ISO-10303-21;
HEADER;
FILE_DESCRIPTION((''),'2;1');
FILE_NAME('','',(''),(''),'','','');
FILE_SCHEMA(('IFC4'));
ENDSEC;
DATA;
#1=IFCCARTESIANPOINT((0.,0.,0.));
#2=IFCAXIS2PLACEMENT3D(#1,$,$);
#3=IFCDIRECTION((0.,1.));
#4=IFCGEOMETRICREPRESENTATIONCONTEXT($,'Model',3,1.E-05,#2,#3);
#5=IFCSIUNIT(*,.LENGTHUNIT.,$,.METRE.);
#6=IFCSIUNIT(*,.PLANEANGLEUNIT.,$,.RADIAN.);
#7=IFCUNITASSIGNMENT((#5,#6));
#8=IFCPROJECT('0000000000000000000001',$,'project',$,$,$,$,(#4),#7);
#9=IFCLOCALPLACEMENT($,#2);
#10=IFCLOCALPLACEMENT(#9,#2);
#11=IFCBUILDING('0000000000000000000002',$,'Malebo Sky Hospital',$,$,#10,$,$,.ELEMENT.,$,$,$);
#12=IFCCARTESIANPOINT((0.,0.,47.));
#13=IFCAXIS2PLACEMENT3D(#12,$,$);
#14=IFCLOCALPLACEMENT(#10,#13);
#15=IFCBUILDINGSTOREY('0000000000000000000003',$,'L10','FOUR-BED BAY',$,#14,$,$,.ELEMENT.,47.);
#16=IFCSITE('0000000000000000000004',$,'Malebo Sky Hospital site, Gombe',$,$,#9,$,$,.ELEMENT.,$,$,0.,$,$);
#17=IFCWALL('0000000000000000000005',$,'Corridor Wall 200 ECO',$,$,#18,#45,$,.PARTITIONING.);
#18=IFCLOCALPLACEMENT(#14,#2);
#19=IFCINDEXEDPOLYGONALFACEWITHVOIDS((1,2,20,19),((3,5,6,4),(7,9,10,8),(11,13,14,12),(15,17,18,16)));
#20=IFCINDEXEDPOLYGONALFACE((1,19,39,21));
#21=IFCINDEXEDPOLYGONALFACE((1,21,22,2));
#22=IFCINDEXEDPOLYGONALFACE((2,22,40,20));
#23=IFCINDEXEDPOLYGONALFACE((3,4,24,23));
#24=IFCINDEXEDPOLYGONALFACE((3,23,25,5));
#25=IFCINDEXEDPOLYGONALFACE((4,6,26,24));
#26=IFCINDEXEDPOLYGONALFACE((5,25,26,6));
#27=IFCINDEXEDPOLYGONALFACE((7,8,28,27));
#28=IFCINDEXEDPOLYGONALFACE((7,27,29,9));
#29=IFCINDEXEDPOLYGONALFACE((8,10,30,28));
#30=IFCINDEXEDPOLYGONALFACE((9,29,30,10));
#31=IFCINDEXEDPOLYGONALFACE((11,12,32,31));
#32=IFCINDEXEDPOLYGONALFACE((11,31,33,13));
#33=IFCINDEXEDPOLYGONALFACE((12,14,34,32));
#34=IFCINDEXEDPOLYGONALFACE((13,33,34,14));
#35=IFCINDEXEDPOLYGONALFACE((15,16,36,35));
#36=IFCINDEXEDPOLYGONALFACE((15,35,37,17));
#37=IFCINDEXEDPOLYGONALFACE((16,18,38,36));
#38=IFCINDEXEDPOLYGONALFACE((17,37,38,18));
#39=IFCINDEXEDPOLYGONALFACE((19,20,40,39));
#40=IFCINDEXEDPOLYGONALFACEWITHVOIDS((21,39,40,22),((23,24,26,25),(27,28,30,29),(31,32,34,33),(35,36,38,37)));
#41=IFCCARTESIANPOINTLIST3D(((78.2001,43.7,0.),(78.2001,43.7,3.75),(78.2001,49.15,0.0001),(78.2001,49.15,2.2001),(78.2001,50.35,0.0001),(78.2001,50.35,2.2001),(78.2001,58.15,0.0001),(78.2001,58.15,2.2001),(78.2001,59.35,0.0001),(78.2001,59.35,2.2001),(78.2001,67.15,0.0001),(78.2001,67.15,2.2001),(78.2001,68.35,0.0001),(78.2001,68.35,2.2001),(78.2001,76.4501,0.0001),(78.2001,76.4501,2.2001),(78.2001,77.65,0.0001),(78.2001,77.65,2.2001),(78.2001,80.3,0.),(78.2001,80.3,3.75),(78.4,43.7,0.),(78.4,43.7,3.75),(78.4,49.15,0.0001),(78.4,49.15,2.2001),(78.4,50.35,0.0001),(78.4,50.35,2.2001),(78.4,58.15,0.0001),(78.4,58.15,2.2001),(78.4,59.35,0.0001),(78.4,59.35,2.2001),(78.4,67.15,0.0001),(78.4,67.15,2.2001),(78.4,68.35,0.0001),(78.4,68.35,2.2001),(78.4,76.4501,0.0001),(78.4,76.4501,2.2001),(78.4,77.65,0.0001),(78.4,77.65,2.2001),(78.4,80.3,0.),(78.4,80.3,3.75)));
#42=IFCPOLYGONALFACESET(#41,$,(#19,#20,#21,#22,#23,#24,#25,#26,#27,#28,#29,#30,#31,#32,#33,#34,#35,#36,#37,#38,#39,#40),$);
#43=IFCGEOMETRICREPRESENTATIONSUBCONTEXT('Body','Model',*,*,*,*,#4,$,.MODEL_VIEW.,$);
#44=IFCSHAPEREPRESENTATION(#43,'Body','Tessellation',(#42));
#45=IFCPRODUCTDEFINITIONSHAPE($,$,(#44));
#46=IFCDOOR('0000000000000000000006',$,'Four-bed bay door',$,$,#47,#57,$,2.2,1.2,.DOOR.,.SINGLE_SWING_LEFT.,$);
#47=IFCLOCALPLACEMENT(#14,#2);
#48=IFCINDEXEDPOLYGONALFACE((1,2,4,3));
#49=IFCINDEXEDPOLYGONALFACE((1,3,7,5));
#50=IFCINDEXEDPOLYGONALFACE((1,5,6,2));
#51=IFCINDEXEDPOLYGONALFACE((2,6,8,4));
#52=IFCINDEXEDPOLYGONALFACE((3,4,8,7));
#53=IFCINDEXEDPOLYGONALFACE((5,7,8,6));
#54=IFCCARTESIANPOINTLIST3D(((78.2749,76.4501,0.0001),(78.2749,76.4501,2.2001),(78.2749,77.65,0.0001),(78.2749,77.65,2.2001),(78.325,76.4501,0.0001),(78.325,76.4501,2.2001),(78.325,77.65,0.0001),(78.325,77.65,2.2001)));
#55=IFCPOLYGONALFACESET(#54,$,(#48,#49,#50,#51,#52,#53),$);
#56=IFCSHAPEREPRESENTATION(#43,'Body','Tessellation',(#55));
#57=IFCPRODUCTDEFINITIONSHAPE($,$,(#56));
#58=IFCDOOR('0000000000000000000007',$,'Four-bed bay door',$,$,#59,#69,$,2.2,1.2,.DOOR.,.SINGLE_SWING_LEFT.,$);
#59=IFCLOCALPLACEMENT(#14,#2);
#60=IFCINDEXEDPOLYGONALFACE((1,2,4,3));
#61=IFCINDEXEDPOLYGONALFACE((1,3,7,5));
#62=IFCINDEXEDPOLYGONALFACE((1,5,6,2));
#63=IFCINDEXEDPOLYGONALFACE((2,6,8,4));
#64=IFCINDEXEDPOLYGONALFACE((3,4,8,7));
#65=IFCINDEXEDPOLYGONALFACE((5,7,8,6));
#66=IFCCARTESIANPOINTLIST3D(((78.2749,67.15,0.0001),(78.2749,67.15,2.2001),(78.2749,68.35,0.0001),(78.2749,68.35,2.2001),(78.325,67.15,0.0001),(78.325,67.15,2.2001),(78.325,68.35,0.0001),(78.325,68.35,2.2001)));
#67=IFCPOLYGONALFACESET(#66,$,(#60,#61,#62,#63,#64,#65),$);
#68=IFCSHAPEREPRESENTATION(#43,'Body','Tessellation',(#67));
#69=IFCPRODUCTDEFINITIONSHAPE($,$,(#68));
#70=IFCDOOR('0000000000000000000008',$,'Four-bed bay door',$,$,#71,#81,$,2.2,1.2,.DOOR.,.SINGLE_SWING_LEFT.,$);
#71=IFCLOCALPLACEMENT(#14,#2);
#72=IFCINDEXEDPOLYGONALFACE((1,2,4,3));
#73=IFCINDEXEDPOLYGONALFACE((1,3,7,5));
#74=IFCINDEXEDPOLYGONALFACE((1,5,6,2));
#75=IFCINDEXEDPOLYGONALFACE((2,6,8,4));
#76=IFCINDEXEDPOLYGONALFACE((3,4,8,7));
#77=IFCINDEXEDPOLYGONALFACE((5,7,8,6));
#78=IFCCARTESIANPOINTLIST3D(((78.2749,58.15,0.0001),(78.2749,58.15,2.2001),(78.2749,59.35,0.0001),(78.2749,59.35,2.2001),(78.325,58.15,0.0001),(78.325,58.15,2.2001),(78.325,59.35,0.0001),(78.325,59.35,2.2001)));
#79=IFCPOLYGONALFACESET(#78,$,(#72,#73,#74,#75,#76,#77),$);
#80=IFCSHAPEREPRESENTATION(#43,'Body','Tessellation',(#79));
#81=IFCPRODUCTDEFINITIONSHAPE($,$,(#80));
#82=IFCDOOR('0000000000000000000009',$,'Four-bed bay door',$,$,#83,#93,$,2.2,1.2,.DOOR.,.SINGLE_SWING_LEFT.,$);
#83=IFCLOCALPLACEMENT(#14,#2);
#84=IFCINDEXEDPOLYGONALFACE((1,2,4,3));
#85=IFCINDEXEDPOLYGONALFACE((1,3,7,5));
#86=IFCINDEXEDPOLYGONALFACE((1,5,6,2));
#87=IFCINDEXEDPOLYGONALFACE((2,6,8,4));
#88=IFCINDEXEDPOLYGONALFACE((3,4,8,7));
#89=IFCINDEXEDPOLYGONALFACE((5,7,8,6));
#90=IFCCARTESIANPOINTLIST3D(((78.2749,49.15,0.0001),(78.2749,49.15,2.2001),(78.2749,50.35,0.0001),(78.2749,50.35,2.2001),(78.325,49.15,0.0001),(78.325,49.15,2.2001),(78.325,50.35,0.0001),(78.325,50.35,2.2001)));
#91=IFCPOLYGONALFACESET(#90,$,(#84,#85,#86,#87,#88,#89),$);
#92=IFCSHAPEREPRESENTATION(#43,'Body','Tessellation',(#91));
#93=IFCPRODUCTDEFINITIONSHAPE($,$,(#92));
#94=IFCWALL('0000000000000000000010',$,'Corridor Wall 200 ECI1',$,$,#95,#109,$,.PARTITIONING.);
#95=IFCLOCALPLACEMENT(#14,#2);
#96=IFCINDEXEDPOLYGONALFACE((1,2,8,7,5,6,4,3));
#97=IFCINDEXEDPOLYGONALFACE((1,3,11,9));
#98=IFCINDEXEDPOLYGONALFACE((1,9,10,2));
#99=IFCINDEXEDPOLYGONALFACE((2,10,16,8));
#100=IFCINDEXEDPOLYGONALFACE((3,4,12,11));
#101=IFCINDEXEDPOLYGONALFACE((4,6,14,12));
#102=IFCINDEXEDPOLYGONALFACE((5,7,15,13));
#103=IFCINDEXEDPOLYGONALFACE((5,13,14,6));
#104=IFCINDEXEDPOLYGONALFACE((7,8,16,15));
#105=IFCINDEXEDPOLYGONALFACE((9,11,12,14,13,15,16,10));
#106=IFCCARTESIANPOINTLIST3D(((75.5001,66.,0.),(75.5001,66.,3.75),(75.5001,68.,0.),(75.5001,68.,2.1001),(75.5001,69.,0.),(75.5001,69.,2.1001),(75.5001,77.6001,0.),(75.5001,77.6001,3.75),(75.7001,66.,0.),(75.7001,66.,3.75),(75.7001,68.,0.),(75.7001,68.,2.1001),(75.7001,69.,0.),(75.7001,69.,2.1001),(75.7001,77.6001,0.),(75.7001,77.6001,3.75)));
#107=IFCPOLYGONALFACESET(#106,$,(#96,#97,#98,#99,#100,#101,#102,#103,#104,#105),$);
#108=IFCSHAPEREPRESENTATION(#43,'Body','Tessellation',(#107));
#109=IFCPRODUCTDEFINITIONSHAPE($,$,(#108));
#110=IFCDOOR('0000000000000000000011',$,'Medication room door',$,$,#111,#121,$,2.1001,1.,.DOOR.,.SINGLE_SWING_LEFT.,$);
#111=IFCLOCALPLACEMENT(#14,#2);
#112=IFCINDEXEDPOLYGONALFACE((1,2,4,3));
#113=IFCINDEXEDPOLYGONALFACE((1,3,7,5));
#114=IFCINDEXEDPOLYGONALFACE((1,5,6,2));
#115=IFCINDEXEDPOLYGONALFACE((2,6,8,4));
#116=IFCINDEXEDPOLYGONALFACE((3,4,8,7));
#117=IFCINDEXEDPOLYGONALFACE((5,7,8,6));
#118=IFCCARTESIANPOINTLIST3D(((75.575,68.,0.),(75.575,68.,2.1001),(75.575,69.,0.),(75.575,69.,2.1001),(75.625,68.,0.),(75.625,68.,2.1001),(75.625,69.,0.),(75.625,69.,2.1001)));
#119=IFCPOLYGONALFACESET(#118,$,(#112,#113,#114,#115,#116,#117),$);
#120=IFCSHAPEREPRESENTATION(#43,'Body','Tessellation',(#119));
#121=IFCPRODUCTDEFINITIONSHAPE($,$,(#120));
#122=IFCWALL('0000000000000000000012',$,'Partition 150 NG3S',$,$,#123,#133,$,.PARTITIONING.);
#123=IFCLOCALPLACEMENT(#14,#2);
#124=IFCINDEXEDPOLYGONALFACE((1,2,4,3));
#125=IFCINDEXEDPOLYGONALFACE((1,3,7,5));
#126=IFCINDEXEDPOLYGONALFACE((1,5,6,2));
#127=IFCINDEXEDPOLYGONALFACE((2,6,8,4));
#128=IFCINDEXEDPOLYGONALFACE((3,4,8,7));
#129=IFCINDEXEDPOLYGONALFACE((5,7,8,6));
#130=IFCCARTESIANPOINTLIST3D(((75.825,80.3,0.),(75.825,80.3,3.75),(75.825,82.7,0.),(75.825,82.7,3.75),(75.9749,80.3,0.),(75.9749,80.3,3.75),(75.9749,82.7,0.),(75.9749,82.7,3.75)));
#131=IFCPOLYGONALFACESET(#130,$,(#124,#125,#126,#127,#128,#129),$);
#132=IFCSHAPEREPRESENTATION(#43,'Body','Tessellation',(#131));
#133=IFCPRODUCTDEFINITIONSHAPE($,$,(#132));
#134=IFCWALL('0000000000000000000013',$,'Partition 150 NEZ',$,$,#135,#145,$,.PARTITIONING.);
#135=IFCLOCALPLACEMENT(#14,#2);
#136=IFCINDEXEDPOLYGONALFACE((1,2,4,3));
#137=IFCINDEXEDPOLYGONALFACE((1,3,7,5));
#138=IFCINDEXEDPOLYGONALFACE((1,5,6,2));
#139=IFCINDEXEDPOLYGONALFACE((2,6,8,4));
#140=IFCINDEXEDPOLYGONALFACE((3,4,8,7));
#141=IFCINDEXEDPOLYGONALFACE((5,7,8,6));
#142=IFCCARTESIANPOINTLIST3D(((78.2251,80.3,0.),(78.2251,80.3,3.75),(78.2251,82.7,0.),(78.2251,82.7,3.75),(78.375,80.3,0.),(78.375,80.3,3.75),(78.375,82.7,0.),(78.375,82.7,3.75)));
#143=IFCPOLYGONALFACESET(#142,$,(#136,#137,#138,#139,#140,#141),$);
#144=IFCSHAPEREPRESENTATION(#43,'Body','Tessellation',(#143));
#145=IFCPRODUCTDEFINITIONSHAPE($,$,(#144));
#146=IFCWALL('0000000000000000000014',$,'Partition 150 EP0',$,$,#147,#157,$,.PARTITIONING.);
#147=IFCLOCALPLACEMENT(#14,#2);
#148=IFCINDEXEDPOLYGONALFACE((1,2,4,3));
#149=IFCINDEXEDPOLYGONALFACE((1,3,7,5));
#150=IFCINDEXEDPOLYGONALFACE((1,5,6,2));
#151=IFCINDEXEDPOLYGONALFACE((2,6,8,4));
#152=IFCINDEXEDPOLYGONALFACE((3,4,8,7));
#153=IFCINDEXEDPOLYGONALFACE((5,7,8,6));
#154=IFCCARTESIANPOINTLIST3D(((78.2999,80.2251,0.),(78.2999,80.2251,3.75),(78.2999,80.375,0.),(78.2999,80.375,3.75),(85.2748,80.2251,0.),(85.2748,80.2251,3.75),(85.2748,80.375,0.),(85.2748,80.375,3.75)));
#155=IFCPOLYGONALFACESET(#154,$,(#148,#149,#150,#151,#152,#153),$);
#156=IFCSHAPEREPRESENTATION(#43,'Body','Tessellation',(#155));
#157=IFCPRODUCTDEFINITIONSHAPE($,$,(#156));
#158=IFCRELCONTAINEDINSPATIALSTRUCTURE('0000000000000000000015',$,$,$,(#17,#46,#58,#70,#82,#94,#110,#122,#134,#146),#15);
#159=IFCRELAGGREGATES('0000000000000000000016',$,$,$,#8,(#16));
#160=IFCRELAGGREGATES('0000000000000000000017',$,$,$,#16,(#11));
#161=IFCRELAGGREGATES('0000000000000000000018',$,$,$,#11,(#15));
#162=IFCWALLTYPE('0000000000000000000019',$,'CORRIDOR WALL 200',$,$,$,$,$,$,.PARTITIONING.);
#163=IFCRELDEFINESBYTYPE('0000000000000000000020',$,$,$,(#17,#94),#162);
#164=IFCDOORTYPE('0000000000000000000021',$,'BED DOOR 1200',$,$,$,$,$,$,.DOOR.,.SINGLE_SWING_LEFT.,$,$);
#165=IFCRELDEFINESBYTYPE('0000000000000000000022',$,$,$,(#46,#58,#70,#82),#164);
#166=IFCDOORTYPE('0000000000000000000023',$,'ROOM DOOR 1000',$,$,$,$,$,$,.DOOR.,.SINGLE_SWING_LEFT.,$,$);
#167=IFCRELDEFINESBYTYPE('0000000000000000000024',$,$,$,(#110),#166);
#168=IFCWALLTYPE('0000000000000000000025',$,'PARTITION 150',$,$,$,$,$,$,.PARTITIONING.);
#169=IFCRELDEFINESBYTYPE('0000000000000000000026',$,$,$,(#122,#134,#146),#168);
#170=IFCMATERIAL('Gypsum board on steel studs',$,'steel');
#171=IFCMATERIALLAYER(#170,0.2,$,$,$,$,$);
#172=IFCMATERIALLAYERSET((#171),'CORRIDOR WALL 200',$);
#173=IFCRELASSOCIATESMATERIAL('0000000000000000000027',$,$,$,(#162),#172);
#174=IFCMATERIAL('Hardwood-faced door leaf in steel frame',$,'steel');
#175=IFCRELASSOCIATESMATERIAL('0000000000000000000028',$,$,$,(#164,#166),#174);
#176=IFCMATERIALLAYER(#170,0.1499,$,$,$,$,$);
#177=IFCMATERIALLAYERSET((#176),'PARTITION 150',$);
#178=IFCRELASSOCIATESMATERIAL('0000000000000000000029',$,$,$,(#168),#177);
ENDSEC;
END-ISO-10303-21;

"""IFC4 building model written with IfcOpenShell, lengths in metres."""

from ifc_helpers import new_model, si_unit, direction, frame, frame_2d, origin, place, context, subcontext, project, spatial, rectangle, extrude, material, layer, layer_set, type_object, element, fill, save


model = new_model("IFC4")

# Units and contexts
model_context = context("Model", 3, precision=1e-05, world=origin(), true_north=direction((0.0, 1.0)))
body_context = subcontext(model_context, "Body", "Model", "MODEL_VIEW")
ifc_project = project(units=[si_unit("LENGTHUNIT", "METRE"), si_unit("PLANEANGLEUNIT", "RADIAN")], contexts=[model_context])

# Site, building, storey
site_placement = place(None, origin())
site = spatial("IfcSite", under=ifc_project, at=site_placement, Name="Malebo Sky Hospital site, Gombe", CompositionType="ELEMENT", RefElevation=0.0)
building_placement = place(site_placement, origin())
building = spatial("IfcBuilding", under=site, at=building_placement, Name="Malebo Sky Hospital", CompositionType="ELEMENT")
storey_placement = place(building_placement, frame((0.0, 0.0, 47.0)))
storey = spatial("IfcBuildingStorey", under=building, at=storey_placement, Name="L10", Description="FOUR-BED BAY", CompositionType="ELEMENT", Elevation=47.0)

# Wall, openings, doors
ifc_material_1 = material(Name="Gypsum board on steel studs", Category="steel")
ifc_layer_1 = layer(ifc_material_1, 0.2)
ifc_layer_set_1 = layer_set([ifc_layer_1], Name="CORRIDOR WALL 200")
wall_type_1 = type_object("IfcWallType", Name="CORRIDOR WALL 200", PredefinedType="PARTITIONING", material=ifc_layer_set_1)
wall_1_placement = place(storey_placement, frame((78.3, 80.3, 0.0), z_axis=(0.0, 0.0, 1.0), x_axis=(0.0, -1.0, 0.0)))
wall_1 = element("IfcWall", 1, at=wall_1_placement, inside=storey, type_object=wall_type_1, Name="Corridor Wall 200 ECO", PredefinedType="PARTITIONING", context=body_context, shape_type="SweptSolid", body=[
    extrude(rectangle(XDim=36.6001, YDim=0.2, at=frame_2d((18.3, 0.0))), origin(), (0.0, 0.0, 1.0), 3.75),
])
opening_1_placement = place(wall_1_placement, frame((2.6499, 0.0, 0.0)))
opening_1 = element("IfcOpeningElement", 2, at=opening_1_placement, cuts=wall_1, PredefinedType="OPENING", context=body_context, shape_type="SweptSolid", body=[
    extrude(rectangle(XDim=1.2, YDim=2.2, at=frame_2d((0.6001, 1.1001))), frame((0.0, 0.1099, 0.0), z_axis=(0.0, -1.0, 0.0), x_axis=(1.0, 0.0, 0.0)), (0.0, 0.0, 1.0), 0.22),
])
opening_2_placement = place(wall_1_placement, frame((11.95, 0.0, 0.0)))
opening_2 = element("IfcOpeningElement", 3, at=opening_2_placement, cuts=wall_1, PredefinedType="OPENING", context=body_context, shape_type="SweptSolid", body=[
    extrude(rectangle(XDim=1.2, YDim=2.2, at=frame_2d((0.6001, 1.1001))), frame((0.0, 0.1099, 0.0), z_axis=(0.0, -1.0, 0.0), x_axis=(1.0, 0.0, 0.0)), (0.0, 0.0, 1.0), 0.22),
])
opening_3_placement = place(wall_1_placement, frame((20.95, 0.0, 0.0)))
opening_3 = element("IfcOpeningElement", 4, at=opening_3_placement, cuts=wall_1, PredefinedType="OPENING", context=body_context, shape_type="SweptSolid", body=[
    extrude(rectangle(XDim=1.2, YDim=2.2, at=frame_2d((0.6001, 1.1001))), frame((0.0, 0.1099, 0.0), z_axis=(0.0, -1.0, 0.0), x_axis=(1.0, 0.0, 0.0)), (0.0, 0.0, 1.0), 0.22),
])
opening_4_placement = place(wall_1_placement, frame((29.95, 0.0, 0.0)))
opening_4 = element("IfcOpeningElement", 5, at=opening_4_placement, cuts=wall_1, PredefinedType="OPENING", context=body_context, shape_type="SweptSolid", body=[
    extrude(rectangle(XDim=1.2, YDim=2.2, at=frame_2d((0.6001, 1.1001))), frame((0.0, 0.1099, 0.0), z_axis=(0.0, -1.0, 0.0), x_axis=(1.0, 0.0, 0.0)), (0.0, 0.0, 1.0), 0.22),
])
ifc_material_2 = material(Name="Hardwood-faced door leaf in steel frame", Category="steel")
door_type_1 = type_object("IfcDoorType", Name="BED DOOR 1200", OperationType="SINGLE_SWING_LEFT", PredefinedType="DOOR", material=ifc_material_2)
door_1_placement = place(opening_1_placement, origin())
door_1 = element("IfcDoor", 6, at=door_1_placement, inside=storey, type_object=door_type_1, Name="Four-bed bay door", OperationType="SINGLE_SWING_LEFT", OverallHeight=2.2, OverallWidth=1.2, PredefinedType="DOOR", context=body_context, shape_type="SweptSolid", body=[
    extrude(rectangle(XDim=1.2, YDim=2.2, at=frame_2d((0.6001, 1.1001))), frame((0.0, 0.0249, 0.0), z_axis=(0.0, -1.0, 0.0), x_axis=(1.0, 0.0, 0.0)), (0.0, 0.0, 1.0), 0.05),
])
fill(opening_1, door_1)
door_2_placement = place(opening_2_placement, origin())
door_2 = element("IfcDoor", 7, at=door_2_placement, inside=storey, type_object=door_type_1, Name="Four-bed bay door", OperationType="SINGLE_SWING_LEFT", OverallHeight=2.2, OverallWidth=1.2, PredefinedType="DOOR", context=body_context, shape_type="SweptSolid", body=[
    extrude(rectangle(XDim=1.2, YDim=2.2, at=frame_2d((0.6001, 1.1001))), frame((0.0, 0.0249, 0.0), z_axis=(0.0, -1.0, 0.0), x_axis=(1.0, 0.0, 0.0)), (0.0, 0.0, 1.0), 0.05),
])
fill(opening_2, door_2)
door_3_placement = place(opening_3_placement, origin())
door_3 = element("IfcDoor", 8, at=door_3_placement, inside=storey, type_object=door_type_1, Name="Four-bed bay door", OperationType="SINGLE_SWING_LEFT", OverallHeight=2.2, OverallWidth=1.2, PredefinedType="DOOR", context=body_context, shape_type="SweptSolid", body=[
    extrude(rectangle(XDim=1.2, YDim=2.2, at=frame_2d((0.6001, 1.1001))), frame((0.0, 0.0249, 0.0), z_axis=(0.0, -1.0, 0.0), x_axis=(1.0, 0.0, 0.0)), (0.0, 0.0, 1.0), 0.05),
])
fill(opening_3, door_3)
door_4_placement = place(opening_4_placement, origin())
door_4 = element("IfcDoor", 9, at=door_4_placement, inside=storey, type_object=door_type_1, Name="Four-bed bay door", OperationType="SINGLE_SWING_LEFT", OverallHeight=2.2, OverallWidth=1.2, PredefinedType="DOOR", context=body_context, shape_type="SweptSolid", body=[
    extrude(rectangle(XDim=1.2, YDim=2.2, at=frame_2d((0.6001, 1.1001))), frame((0.0, 0.0249, 0.0), z_axis=(0.0, -1.0, 0.0), x_axis=(1.0, 0.0, 0.0)), (0.0, 0.0, 1.0), 0.05),
])
fill(opening_4, door_4)

# Wall, opening, door
wall_2_placement = place(storey_placement, frame((75.6001, 77.6001, 0.0), z_axis=(0.0, 0.0, 1.0), x_axis=(0.0, -1.0, 0.0)))
wall_2 = element("IfcWall", 10, at=wall_2_placement, inside=storey, type_object=wall_type_1, Name="Corridor Wall 200 ECI1", PredefinedType="PARTITIONING", context=body_context, shape_type="SweptSolid", body=[
    extrude(rectangle(XDim=11.6001, YDim=0.2, at=frame_2d((5.8, 0.0))), origin(), (0.0, 0.0, 1.0), 3.75),
])
opening_5_placement = place(wall_2_placement, frame((8.6001, 0.0, 0.0)))
opening_5 = element("IfcOpeningElement", 11, at=opening_5_placement, cuts=wall_2, PredefinedType="OPENING", context=body_context, shape_type="SweptSolid", body=[
    extrude(rectangle(XDim=1.0, YDim=2.1001, at=frame_2d((0.5, 1.05))), frame((0.0, 0.1099, 0.0), z_axis=(0.0, -1.0, 0.0), x_axis=(1.0, 0.0, 0.0)), (0.0, 0.0, 1.0), 0.22),
])
door_type_2 = type_object("IfcDoorType", Name="ROOM DOOR 1000", OperationType="SINGLE_SWING_LEFT", PredefinedType="DOOR", material=ifc_material_2)
door_5_placement = place(opening_5_placement, origin())
door_5 = element("IfcDoor", 12, at=door_5_placement, inside=storey, type_object=door_type_2, Name="Medication room door", OperationType="SINGLE_SWING_LEFT", OverallHeight=2.1001, OverallWidth=1.0, PredefinedType="DOOR", context=body_context, shape_type="SweptSolid", body=[
    extrude(rectangle(XDim=1.0, YDim=2.1001, at=frame_2d((0.5, 1.05))), frame((0.0, 0.0249, 0.0), z_axis=(0.0, -1.0, 0.0), x_axis=(1.0, 0.0, 0.0)), (0.0, 0.0, 1.0), 0.05),
])
fill(opening_5, door_5)

# Walls
ifc_layer_2 = layer(ifc_material_1, 0.1499)
ifc_layer_set_2 = layer_set([ifc_layer_2], Name="PARTITION 150")
wall_type_2 = type_object("IfcWallType", Name="PARTITION 150", PredefinedType="PARTITIONING", material=ifc_layer_set_2)
for number, where, z_axis, x_axis, name in (
    (13, (75.8999, 80.3, 0.0), (0.0, 0.0, 1.0), (0.0, 1.0, 0.0), "Partition 150 NG3S"),
    (14, (78.3, 80.3, 0.0), (0.0, 0.0, 1.0), (0.0, 1.0, 0.0), "Partition 150 NEZ"),
):
    element("IfcWall", number, at=place(storey_placement, frame(where, z_axis=z_axis, x_axis=x_axis)), inside=storey, type_object=wall_type_2, Name=name, PredefinedType="PARTITIONING", context=body_context, shape_type="SweptSolid", body=[
        extrude(rectangle(XDim=2.3999, YDim=0.1499, at=frame_2d((1.2, 0.0))), origin(), (0.0, 0.0, 1.0), 3.75),
    ])
wall_3_placement = place(storey_placement, frame((78.3, 80.3, 0.0), z_axis=(0.0, 0.0, 1.0), x_axis=(1.0, 0.0, 0.0)))
element("IfcWall", 15, at=wall_3_placement, inside=storey, type_object=wall_type_2, Name="Partition 150 EP0", PredefinedType="PARTITIONING", context=body_context, shape_type="SweptSolid", body=[
    extrude(rectangle(XDim=6.9749, YDim=0.1499, at=frame_2d((3.4873, 0.0))), origin(), (0.0, 0.0, 1.0), 3.75),
])

save(model, "model.ifc")
